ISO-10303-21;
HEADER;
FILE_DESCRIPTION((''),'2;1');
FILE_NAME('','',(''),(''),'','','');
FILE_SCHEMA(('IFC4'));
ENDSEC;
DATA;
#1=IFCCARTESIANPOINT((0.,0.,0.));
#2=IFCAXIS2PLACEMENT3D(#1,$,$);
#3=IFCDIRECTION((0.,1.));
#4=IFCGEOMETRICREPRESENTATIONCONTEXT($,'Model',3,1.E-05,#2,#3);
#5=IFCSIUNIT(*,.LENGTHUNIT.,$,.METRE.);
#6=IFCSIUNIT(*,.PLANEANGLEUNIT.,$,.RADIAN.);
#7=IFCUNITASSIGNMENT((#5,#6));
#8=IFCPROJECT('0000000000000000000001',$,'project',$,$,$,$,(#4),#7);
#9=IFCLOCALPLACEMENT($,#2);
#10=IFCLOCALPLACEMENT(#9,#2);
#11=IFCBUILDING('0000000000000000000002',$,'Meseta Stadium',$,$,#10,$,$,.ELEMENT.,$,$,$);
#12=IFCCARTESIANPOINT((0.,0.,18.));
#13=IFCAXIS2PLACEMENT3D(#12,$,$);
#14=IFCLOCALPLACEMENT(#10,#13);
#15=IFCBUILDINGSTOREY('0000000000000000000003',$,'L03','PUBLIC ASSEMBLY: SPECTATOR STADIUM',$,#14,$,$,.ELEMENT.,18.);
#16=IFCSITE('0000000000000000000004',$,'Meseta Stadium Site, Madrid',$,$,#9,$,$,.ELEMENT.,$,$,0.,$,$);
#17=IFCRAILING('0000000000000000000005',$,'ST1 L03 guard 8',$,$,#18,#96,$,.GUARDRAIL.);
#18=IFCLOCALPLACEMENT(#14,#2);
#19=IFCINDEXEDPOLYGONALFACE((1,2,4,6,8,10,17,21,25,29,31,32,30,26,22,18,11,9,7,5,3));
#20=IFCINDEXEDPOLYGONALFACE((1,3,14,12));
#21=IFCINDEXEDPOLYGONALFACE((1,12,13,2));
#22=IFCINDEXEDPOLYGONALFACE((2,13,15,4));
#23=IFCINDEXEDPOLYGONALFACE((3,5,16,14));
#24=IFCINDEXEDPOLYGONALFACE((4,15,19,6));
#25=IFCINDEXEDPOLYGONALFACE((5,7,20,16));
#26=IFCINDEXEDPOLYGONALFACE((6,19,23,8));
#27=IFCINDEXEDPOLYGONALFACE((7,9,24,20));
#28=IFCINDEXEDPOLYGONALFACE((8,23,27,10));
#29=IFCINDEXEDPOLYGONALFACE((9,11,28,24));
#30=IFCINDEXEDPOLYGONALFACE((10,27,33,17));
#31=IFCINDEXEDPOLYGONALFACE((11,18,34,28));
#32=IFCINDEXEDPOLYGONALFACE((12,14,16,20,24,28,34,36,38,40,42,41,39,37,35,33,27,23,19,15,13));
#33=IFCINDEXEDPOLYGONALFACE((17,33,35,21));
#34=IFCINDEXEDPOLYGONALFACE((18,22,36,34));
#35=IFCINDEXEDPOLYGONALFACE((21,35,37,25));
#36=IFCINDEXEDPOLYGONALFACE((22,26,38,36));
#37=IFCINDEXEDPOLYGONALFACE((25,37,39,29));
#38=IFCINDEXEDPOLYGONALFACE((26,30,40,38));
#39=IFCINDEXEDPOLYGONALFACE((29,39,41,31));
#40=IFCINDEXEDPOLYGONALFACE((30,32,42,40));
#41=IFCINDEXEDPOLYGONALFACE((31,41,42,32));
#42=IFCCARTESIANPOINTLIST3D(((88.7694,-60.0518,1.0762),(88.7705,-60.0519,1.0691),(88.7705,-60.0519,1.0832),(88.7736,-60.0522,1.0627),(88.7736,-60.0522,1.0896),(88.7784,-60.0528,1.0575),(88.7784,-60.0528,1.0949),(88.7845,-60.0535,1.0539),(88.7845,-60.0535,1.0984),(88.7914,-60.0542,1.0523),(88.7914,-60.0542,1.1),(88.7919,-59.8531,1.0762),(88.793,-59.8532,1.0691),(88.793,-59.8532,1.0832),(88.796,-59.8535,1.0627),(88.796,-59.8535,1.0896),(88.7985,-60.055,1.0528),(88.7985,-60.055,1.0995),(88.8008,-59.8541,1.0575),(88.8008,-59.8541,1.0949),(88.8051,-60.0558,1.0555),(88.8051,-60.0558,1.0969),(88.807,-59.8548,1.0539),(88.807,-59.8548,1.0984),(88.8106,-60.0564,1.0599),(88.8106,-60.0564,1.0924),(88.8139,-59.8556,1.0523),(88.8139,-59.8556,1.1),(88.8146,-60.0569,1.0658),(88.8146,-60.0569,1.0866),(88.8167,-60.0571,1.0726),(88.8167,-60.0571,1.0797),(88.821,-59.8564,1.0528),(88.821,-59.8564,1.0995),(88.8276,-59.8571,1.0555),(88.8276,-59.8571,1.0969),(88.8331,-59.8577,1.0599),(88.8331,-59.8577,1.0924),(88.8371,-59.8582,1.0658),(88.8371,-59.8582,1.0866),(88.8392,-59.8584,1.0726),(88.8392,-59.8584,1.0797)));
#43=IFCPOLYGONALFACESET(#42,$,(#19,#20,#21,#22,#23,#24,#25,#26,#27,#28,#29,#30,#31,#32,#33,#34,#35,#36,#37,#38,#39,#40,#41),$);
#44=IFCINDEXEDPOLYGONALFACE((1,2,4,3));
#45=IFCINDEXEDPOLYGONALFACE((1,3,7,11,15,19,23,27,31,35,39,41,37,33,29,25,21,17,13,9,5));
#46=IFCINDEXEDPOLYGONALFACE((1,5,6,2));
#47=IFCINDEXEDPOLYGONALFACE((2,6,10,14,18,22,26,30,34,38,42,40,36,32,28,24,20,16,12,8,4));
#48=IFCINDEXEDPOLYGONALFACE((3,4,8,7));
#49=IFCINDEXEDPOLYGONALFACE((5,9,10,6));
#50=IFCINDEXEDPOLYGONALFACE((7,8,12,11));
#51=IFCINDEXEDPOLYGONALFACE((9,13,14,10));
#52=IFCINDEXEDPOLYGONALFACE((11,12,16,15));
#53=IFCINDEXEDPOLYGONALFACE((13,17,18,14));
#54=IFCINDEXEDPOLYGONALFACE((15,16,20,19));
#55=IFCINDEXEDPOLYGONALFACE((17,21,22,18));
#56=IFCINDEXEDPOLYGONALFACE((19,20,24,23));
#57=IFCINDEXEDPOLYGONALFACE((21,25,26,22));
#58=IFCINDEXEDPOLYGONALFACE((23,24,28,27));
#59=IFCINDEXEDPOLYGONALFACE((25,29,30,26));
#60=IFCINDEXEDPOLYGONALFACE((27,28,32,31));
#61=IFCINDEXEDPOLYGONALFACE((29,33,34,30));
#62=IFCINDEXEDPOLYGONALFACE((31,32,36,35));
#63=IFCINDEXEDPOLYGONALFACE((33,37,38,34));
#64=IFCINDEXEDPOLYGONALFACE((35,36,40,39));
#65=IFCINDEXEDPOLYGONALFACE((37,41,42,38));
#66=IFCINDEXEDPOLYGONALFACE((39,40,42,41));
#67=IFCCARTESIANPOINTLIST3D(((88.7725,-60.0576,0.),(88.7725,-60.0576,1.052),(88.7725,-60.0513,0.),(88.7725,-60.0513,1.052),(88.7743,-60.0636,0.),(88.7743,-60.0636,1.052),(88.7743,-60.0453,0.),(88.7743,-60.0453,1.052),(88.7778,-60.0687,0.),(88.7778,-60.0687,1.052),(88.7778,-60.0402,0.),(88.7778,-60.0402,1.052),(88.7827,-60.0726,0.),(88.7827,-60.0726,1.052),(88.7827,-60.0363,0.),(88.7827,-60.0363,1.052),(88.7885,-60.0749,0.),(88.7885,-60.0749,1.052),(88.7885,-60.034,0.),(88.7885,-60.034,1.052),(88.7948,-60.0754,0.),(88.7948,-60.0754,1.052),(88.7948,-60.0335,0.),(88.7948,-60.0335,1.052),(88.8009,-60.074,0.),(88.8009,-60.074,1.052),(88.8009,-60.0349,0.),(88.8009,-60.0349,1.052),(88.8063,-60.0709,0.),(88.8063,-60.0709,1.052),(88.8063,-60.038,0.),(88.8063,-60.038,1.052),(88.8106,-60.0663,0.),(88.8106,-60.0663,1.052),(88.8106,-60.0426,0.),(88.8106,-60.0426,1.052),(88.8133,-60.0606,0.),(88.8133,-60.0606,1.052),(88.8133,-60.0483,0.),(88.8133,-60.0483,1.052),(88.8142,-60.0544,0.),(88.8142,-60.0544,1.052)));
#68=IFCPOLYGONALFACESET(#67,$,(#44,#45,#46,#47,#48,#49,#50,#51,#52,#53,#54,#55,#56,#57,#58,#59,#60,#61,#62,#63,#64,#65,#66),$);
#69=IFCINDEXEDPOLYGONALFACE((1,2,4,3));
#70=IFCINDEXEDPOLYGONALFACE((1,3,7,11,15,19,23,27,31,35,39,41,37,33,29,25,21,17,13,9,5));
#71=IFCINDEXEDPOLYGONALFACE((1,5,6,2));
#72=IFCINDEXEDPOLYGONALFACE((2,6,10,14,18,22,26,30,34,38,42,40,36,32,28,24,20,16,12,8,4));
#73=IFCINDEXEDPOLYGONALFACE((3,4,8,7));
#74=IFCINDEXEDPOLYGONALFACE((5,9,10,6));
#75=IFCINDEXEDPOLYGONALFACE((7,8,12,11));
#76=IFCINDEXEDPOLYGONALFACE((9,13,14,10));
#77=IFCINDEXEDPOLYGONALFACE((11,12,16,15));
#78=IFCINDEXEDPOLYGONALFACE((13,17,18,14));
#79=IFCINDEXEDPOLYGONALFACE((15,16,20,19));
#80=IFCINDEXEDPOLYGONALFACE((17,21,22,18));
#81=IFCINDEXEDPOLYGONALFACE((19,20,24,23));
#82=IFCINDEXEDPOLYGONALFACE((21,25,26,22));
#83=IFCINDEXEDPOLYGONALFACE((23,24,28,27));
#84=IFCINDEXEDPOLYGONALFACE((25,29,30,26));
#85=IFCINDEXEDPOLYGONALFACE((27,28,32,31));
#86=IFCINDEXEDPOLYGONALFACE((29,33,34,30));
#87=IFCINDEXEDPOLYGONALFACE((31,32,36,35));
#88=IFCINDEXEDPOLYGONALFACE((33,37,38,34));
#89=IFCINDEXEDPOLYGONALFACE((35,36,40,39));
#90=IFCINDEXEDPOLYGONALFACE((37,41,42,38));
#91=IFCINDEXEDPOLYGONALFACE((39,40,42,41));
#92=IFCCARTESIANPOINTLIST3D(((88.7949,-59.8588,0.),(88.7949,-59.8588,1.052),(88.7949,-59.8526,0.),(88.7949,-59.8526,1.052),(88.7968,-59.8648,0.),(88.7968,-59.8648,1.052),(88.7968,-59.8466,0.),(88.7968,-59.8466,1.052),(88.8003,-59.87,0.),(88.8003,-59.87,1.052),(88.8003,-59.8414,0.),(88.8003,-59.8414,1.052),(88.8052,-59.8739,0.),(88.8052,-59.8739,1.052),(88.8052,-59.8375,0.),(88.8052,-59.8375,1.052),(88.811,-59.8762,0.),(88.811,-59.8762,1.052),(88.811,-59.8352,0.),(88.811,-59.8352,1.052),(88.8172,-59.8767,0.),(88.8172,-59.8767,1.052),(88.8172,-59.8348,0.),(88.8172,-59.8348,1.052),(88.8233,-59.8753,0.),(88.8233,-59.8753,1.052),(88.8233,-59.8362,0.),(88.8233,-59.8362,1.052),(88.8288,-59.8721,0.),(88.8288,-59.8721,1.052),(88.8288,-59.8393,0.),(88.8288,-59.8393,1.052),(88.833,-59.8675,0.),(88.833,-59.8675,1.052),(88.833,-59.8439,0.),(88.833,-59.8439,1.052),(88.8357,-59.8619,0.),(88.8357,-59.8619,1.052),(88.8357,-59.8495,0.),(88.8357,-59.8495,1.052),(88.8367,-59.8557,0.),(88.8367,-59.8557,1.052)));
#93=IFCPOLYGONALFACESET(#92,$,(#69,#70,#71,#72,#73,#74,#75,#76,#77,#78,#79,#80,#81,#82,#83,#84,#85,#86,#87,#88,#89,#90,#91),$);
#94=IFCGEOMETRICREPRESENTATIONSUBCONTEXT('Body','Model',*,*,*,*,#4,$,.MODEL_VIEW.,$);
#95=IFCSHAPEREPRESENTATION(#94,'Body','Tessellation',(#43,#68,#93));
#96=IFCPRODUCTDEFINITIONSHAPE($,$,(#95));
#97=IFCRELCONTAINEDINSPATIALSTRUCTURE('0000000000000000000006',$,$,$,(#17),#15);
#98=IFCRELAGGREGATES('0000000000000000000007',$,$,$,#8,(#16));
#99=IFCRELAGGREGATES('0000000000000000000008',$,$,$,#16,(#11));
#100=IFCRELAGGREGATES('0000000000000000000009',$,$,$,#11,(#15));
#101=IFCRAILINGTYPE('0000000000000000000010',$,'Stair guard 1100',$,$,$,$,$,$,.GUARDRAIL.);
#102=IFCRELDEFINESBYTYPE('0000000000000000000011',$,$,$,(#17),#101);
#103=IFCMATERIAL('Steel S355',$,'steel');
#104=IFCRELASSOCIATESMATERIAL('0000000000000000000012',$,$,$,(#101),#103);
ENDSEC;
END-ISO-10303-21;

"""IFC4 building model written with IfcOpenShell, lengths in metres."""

from ifc_helpers import new_model, si_unit, direction, frame, origin, origin_2d, place, context, subcontext, project, spatial, circle, extrude, material, type_object, element, save


model = new_model("IFC4")

# Units and contexts
model_context = context("Model", 3, precision=1e-05, world=origin(), true_north=direction((0.0, 1.0)))
body_context = subcontext(model_context, "Body", "Model", "MODEL_VIEW")
ifc_project = project(units=[si_unit("LENGTHUNIT", "METRE"), si_unit("PLANEANGLEUNIT", "RADIAN")], contexts=[model_context])

# Site, building, storey
site_placement = place(None, origin())
site = spatial("IfcSite", under=ifc_project, at=site_placement, Name="Meseta Stadium Site, Madrid", CompositionType="ELEMENT", RefElevation=0.0)
building_placement = place(site_placement, origin())
building = spatial("IfcBuilding", under=site, at=building_placement, Name="Meseta Stadium", CompositionType="ELEMENT")
storey_placement = place(building_placement, frame((0.0, 0.0, 18.0)))
storey = spatial("IfcBuildingStorey", under=building, at=storey_placement, Name="L03", Description="PUBLIC ASSEMBLY: SPECTATOR STADIUM", CompositionType="ELEMENT", Elevation=18.0)

# Railing
ifc_material_1 = material(Name="Steel S355", Category="steel")
railing_type_1 = type_object("IfcRailingType", Name="Stair guard 1100", PredefinedType="GUARDRAIL", material=ifc_material_1)
railing_1_placement = place(storey_placement, frame((88.7932, -60.0544, 0.0)))
element("IfcRailing", 1, at=railing_1_placement, inside=storey, type_object=railing_type_1, Name="ST1 L03 guard 8", PredefinedType="GUARDRAIL", context=body_context, shape_type="SweptSolid", body=[
    extrude(circle(Radius=0.0239, at=origin_2d()), frame((0.0, 0.0, 1.0762), z_axis=(0.112307, 0.993674, 0.0), x_axis=(-0.993674, 0.112307, 0.0)), (0.0, 0.0, 1.0), 0.2),
    extrude(circle(Radius=0.021, at=origin_2d()), origin(), (0.0, 0.0, 1.0), 1.052),
    extrude(circle(Radius=0.021, at=origin_2d()), frame((0.0225, 0.1987, 0.0)), (0.0, 0.0, 1.0), 1.052),
])

save(model, "model.ifc")
